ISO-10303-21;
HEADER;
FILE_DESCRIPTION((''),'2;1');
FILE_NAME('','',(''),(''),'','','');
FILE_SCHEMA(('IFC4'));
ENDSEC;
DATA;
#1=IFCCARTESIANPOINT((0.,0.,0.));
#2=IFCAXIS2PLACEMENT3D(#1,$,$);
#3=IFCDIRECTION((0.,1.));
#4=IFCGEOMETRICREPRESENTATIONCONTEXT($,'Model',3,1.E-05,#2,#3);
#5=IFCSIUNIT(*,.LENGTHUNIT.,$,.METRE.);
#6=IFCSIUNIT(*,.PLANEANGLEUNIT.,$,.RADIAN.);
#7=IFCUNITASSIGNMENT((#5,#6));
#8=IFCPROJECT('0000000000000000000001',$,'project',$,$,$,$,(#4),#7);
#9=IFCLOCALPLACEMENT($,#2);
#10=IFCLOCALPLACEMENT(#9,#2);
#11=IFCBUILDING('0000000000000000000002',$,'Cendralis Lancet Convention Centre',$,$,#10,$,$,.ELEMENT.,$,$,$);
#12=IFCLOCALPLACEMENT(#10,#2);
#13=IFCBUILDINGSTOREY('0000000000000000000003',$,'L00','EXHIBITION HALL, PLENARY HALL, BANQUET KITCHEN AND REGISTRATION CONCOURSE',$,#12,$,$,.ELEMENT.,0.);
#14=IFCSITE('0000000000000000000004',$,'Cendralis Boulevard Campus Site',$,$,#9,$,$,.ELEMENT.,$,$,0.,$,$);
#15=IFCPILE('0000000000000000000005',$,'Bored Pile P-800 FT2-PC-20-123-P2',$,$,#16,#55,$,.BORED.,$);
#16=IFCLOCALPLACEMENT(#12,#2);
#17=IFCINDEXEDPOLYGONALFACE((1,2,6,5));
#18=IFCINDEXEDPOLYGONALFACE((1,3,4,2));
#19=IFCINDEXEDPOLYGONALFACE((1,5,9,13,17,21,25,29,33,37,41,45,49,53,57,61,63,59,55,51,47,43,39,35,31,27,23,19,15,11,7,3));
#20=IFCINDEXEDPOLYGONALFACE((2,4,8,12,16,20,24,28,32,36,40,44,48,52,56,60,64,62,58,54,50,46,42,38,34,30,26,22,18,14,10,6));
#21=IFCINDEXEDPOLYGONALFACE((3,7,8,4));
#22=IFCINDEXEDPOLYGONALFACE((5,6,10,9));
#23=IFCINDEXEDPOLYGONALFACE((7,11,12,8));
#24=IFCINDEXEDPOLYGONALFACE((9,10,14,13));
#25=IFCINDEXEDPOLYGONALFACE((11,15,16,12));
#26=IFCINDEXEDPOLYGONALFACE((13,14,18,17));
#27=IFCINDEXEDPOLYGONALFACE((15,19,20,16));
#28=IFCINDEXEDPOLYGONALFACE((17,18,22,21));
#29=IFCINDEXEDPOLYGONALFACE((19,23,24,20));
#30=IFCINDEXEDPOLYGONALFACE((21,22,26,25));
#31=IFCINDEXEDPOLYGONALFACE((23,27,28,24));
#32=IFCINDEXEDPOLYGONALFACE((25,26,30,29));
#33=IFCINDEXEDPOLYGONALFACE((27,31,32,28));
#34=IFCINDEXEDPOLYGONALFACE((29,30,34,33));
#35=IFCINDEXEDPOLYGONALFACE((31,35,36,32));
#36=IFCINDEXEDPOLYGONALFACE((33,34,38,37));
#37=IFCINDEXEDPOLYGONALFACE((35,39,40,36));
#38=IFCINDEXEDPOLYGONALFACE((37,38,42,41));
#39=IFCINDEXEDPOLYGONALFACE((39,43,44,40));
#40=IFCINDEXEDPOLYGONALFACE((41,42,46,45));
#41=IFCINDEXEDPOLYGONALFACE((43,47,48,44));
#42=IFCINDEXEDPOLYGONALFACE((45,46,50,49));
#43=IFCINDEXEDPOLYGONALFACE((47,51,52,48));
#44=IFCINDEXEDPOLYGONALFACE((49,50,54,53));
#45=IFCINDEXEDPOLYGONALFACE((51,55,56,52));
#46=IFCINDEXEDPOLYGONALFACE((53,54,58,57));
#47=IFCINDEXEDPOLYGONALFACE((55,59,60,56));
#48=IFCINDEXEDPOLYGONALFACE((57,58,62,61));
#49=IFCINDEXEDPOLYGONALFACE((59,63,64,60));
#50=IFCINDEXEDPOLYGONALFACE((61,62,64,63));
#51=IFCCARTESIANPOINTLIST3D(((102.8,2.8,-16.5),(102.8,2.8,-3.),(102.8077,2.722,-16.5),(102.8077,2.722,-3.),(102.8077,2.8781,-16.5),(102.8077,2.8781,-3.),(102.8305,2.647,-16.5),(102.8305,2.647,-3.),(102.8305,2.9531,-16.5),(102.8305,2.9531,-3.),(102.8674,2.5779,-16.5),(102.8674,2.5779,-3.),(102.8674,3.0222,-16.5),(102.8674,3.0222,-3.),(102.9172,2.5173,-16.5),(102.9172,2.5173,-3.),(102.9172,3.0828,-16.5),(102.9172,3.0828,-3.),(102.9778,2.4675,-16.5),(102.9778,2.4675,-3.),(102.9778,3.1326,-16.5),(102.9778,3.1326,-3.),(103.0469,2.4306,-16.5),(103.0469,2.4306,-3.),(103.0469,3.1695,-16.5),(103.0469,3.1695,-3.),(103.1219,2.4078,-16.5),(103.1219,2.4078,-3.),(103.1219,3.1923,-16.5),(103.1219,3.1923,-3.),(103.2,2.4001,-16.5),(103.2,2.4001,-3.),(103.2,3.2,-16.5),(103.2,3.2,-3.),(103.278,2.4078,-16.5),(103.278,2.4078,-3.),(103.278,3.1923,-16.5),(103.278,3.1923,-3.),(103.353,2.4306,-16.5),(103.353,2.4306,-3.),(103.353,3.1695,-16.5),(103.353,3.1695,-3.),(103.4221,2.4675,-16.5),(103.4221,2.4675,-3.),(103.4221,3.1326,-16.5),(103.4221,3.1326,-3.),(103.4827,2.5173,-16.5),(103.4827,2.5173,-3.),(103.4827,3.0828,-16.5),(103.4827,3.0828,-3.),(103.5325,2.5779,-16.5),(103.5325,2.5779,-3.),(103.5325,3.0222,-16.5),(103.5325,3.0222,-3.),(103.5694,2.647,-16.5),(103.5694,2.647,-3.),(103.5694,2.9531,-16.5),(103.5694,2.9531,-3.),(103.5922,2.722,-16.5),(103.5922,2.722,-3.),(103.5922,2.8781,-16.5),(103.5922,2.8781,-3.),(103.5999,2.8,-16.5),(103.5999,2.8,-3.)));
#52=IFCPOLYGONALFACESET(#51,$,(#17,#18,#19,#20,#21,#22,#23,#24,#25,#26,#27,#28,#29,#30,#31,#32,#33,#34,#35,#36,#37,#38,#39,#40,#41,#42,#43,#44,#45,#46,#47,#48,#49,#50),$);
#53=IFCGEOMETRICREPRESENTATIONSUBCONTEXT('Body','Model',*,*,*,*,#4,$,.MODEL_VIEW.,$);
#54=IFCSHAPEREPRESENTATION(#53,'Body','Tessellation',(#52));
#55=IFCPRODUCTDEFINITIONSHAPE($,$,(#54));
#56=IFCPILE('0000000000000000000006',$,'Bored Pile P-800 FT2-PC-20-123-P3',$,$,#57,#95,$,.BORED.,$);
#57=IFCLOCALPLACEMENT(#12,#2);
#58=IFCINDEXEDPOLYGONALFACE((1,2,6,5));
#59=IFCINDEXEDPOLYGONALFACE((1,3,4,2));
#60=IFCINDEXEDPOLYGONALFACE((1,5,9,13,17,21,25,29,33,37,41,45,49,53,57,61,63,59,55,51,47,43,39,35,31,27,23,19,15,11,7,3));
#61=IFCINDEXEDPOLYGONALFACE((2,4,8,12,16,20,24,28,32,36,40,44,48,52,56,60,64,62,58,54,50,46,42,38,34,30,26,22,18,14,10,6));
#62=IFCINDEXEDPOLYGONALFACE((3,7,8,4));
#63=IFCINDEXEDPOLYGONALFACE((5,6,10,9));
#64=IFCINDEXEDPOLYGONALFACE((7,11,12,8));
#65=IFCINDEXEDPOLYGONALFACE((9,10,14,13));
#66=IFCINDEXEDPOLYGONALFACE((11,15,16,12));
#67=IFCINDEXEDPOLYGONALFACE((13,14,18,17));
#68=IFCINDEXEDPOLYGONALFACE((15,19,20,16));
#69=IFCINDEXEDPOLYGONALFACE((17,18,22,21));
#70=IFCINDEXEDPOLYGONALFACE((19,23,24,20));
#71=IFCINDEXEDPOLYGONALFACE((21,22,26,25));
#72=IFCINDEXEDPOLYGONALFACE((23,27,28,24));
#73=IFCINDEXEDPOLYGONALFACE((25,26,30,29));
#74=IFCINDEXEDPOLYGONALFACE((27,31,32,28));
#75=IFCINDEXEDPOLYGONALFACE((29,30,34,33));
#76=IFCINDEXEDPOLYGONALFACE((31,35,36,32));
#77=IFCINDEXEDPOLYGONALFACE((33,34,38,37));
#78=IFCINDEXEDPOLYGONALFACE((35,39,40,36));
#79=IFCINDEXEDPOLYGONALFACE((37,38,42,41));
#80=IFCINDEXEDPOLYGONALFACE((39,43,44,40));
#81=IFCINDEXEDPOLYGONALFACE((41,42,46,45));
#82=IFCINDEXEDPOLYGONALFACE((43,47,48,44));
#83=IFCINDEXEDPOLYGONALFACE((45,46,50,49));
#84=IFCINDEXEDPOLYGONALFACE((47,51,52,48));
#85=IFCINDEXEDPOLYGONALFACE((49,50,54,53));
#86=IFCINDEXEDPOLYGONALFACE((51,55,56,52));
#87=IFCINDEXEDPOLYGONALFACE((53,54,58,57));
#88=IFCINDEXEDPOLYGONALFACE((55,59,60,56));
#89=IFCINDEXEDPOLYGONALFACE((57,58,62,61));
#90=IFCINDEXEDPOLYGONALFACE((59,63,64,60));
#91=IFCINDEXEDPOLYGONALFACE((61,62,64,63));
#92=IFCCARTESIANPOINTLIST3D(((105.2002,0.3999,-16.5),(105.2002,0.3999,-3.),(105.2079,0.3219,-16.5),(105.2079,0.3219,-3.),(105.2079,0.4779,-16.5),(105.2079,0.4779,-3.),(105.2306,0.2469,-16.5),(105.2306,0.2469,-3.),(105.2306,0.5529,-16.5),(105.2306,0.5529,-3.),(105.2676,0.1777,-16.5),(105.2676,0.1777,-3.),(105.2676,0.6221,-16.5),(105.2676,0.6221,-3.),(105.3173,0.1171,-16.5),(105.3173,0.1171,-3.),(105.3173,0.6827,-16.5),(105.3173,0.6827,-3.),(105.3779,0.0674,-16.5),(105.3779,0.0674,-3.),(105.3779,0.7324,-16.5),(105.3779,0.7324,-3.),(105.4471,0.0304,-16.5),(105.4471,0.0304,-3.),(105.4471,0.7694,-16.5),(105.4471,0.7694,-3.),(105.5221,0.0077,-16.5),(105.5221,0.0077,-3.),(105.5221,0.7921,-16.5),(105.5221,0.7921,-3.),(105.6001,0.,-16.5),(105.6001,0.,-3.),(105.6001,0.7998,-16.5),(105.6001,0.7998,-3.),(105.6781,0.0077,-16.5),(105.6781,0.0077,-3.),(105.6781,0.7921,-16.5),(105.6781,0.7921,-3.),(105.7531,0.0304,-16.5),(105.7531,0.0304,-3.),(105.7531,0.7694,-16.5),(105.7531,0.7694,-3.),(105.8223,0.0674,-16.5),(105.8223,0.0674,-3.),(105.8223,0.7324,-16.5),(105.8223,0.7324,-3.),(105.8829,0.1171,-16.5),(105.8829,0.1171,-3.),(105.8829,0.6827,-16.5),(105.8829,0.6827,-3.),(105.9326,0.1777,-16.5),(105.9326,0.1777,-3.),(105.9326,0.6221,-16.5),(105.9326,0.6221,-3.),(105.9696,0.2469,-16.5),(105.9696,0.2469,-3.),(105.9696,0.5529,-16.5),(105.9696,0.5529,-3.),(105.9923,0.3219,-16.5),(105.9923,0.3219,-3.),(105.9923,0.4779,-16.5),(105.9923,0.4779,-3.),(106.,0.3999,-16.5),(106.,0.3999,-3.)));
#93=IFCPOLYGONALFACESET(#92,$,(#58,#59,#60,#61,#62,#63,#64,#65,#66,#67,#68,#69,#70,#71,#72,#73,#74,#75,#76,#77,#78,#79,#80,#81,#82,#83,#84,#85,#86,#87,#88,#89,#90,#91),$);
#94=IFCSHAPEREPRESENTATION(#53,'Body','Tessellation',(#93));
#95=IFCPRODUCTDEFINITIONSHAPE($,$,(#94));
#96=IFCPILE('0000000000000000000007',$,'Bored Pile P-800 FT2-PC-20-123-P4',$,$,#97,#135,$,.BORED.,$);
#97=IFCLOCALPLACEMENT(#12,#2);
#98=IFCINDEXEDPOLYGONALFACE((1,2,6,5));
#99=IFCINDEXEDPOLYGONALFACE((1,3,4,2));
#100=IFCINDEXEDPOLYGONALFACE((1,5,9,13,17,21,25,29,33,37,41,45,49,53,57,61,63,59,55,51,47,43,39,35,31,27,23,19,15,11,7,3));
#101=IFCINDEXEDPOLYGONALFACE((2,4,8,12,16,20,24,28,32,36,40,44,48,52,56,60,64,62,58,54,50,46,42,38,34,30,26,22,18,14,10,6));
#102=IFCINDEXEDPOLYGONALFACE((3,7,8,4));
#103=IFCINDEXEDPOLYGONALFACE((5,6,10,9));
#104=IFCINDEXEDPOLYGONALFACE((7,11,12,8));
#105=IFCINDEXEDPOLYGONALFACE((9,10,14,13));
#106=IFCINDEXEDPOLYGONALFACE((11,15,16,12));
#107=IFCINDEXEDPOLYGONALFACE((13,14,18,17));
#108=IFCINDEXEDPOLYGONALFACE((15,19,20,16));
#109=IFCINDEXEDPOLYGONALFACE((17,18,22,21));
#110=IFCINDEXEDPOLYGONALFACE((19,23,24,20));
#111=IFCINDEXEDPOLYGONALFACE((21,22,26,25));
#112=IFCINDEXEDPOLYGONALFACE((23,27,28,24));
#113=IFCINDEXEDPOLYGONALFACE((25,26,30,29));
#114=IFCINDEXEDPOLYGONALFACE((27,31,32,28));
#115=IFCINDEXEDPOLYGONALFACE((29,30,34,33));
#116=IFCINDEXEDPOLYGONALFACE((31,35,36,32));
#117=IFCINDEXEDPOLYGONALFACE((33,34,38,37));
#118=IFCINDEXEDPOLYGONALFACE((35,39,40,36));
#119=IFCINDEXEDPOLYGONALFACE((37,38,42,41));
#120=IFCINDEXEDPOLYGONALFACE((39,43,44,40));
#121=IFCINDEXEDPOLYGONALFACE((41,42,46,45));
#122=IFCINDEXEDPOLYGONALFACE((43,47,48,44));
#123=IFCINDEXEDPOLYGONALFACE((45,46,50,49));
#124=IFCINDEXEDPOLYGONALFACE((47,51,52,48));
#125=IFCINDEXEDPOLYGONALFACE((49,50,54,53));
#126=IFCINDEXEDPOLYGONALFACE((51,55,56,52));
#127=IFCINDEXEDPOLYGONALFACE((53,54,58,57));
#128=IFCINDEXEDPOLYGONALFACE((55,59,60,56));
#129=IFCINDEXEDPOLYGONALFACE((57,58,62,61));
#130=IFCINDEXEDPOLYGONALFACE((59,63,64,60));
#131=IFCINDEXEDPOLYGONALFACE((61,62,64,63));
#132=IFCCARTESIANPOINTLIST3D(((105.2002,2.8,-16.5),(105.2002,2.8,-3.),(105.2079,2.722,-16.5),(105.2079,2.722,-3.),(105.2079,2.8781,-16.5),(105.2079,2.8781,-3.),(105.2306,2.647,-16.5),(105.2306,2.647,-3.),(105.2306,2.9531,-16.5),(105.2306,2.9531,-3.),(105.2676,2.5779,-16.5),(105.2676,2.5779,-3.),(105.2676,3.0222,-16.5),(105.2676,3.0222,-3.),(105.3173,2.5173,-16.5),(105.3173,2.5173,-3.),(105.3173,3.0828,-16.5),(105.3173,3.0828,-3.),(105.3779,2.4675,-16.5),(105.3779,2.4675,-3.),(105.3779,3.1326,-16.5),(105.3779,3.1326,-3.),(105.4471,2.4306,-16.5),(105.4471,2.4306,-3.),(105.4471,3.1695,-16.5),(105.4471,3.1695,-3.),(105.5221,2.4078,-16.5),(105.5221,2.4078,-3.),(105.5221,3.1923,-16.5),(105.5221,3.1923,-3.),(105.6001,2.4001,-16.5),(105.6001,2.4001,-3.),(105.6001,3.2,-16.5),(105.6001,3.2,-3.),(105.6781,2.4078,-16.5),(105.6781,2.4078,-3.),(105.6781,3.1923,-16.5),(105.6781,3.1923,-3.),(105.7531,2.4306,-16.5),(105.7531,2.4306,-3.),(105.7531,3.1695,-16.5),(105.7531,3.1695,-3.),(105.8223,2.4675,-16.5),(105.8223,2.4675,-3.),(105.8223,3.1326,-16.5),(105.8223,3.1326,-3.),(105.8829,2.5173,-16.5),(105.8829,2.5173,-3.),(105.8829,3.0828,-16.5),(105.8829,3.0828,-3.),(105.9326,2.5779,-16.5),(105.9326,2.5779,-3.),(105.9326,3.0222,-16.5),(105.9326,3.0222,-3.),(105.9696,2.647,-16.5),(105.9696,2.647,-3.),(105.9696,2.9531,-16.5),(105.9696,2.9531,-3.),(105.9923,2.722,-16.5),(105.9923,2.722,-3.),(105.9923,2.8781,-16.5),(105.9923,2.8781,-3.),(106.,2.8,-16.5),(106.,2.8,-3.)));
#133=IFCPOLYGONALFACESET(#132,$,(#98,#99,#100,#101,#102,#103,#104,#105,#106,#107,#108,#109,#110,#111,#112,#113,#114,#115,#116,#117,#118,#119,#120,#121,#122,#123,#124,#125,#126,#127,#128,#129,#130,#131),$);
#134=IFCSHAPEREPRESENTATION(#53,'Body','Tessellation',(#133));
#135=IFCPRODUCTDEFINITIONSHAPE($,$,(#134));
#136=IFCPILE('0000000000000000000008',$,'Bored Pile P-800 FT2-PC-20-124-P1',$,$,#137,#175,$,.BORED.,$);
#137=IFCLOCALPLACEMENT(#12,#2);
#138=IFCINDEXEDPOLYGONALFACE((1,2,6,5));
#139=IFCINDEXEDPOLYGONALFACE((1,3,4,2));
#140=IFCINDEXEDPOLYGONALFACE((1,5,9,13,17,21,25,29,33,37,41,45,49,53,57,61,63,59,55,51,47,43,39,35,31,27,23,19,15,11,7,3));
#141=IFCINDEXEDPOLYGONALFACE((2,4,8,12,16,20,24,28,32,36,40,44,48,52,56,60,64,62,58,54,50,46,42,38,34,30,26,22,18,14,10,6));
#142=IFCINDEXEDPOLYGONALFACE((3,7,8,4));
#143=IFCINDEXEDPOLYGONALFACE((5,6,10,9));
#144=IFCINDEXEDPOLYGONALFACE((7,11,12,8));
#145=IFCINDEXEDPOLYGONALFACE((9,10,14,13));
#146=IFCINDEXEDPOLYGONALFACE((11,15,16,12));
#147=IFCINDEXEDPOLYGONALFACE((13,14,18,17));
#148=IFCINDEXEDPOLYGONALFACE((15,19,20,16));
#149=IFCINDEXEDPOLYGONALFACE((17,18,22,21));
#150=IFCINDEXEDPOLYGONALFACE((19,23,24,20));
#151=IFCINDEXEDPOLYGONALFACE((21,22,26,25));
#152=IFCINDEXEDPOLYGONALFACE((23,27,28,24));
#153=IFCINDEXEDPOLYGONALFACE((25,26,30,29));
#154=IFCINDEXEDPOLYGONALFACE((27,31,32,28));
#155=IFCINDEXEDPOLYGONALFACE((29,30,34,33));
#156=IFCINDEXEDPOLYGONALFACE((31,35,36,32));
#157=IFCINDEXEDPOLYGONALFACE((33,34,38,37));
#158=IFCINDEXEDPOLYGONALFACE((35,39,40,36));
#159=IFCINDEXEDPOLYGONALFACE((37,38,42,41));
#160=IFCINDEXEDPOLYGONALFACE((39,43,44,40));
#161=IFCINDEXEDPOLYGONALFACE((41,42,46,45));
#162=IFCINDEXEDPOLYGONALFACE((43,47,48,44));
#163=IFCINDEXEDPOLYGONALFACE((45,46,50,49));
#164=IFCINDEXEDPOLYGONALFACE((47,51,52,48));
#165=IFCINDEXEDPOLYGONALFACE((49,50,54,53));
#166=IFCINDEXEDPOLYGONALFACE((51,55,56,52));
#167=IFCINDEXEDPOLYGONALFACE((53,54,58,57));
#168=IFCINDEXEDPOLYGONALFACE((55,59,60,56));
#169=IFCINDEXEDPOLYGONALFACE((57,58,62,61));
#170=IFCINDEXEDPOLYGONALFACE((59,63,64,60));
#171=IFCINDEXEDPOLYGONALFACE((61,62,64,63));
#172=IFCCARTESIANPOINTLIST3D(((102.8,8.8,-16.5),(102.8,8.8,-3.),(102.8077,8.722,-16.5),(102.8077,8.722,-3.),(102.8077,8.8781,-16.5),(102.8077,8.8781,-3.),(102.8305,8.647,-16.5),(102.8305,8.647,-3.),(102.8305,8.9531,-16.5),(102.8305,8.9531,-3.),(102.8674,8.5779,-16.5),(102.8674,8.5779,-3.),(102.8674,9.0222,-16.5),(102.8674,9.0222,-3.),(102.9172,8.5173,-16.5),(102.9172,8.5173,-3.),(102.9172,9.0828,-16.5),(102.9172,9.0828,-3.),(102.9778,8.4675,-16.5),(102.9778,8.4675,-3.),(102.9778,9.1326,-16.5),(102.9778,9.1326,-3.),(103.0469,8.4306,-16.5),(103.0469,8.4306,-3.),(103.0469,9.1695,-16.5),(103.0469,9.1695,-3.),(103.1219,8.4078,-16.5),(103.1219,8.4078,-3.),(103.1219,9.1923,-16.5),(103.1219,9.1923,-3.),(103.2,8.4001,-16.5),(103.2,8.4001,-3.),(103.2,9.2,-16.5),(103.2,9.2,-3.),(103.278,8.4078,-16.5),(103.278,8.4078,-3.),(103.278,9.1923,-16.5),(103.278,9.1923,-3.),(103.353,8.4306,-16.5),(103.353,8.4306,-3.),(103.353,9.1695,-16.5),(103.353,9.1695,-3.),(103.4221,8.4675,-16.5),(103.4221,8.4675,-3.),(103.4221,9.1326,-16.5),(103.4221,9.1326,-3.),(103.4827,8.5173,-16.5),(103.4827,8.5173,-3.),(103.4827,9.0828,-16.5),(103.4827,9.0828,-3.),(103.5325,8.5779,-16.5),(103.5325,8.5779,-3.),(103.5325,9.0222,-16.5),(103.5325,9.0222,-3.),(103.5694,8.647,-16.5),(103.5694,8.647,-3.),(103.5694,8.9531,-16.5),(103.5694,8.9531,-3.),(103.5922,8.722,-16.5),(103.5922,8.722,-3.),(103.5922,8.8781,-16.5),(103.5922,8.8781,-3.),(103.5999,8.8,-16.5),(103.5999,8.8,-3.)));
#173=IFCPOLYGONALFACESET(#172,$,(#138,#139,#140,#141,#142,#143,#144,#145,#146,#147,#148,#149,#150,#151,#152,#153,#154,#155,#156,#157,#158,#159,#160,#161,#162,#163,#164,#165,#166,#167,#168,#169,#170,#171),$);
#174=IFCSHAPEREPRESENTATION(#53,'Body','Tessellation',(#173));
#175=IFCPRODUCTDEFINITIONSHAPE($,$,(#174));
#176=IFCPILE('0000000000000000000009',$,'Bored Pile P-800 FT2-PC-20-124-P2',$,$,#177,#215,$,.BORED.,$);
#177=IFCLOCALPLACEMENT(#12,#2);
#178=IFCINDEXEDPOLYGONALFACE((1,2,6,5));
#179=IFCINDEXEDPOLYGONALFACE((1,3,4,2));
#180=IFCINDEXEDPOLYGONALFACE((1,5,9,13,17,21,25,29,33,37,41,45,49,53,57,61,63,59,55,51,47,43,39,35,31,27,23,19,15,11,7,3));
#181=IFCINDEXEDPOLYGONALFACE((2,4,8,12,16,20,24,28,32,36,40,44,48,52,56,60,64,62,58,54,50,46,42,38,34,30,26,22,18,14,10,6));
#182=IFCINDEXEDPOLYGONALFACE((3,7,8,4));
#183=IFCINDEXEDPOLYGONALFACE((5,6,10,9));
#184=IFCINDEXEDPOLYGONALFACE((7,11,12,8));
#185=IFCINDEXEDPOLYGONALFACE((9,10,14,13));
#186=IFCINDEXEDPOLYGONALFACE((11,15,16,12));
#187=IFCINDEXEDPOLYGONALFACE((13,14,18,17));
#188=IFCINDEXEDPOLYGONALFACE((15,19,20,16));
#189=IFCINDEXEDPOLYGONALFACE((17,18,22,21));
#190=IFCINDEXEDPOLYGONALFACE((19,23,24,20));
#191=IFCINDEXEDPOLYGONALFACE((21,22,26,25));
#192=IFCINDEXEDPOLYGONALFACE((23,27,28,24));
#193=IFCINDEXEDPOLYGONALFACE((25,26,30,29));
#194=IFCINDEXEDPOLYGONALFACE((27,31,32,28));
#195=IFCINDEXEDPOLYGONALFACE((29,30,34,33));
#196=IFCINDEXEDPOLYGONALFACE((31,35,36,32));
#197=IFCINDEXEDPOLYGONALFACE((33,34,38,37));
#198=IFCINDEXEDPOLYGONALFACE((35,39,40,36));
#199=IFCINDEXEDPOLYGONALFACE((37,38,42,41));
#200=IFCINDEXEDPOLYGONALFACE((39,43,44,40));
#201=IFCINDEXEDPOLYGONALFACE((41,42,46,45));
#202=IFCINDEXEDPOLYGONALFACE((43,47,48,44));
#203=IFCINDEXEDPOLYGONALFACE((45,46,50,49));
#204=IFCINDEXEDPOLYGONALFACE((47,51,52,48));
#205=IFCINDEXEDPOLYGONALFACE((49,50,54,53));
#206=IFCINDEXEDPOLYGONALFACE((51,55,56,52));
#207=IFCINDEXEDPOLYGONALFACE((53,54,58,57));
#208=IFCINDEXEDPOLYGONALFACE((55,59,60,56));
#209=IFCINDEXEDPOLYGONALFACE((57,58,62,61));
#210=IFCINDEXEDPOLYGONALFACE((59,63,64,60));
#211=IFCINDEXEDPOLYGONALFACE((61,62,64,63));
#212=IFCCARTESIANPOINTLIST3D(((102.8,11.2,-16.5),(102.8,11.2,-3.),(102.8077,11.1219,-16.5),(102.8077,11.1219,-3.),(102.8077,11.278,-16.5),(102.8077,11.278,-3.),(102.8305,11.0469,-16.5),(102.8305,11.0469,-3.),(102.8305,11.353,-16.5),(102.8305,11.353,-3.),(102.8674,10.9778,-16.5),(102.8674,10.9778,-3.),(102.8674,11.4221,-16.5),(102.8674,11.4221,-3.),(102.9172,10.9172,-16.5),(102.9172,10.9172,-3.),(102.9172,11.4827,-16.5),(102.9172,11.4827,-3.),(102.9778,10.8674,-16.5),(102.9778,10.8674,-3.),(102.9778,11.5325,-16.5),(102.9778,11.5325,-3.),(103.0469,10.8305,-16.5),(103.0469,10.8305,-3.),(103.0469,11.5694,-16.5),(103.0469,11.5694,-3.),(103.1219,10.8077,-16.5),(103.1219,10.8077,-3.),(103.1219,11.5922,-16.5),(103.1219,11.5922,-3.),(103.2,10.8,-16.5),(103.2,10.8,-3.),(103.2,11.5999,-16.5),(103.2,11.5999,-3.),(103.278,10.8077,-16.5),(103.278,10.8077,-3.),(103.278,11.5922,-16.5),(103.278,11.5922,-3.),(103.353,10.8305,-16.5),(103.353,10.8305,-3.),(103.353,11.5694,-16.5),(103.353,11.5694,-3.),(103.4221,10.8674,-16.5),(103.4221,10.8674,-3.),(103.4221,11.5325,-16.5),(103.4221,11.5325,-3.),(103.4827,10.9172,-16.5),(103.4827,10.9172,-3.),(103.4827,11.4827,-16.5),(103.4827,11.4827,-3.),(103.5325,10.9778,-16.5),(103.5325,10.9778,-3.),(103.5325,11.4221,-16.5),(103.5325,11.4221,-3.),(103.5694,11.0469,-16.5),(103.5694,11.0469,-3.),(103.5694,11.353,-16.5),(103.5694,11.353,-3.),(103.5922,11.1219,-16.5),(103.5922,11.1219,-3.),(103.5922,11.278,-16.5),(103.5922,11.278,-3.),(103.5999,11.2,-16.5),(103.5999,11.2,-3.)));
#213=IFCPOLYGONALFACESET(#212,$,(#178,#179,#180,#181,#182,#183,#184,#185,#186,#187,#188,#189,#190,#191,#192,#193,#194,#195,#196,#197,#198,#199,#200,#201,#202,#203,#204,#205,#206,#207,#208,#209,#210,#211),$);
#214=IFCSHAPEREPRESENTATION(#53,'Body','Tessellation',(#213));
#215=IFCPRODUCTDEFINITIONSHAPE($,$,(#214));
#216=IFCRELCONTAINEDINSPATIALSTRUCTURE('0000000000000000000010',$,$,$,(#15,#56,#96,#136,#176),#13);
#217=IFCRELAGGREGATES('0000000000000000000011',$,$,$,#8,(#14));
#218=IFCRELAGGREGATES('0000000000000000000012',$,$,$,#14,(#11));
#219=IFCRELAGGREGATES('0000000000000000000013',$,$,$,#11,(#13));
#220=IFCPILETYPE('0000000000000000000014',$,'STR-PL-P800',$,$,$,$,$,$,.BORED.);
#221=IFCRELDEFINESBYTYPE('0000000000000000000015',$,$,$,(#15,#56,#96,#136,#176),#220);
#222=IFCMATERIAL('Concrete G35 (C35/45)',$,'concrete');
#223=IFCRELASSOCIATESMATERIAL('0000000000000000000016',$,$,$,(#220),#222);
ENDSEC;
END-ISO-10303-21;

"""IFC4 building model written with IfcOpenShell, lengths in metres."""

from ifc_helpers import new_model, si_unit, direction, frame, origin, origin_2d, place, context, subcontext, project, spatial, circle, extrude, material, material_profile, profile_set, type_object, element, save


model = new_model("IFC4")

# Units and contexts
model_context = context("Model", 3, precision=1e-05, world=origin(), true_north=direction((0.0, 1.0)))
body_context = subcontext(model_context, "Body", "Model", "MODEL_VIEW")
ifc_project = project(units=[si_unit("LENGTHUNIT", "METRE"), si_unit("PLANEANGLEUNIT", "RADIAN")], contexts=[model_context])

# Site, building, storey
site_placement = place(None, origin())
site = spatial("IfcSite", under=ifc_project, at=site_placement, Name="Cendralis Boulevard Campus Site", CompositionType="ELEMENT", RefElevation=0.0)
building_placement = place(site_placement, origin())
building = spatial("IfcBuilding", under=site, at=building_placement, Name="Cendralis Lancet Convention Centre", CompositionType="ELEMENT")
storey_placement = place(building_placement, origin())
storey = spatial("IfcBuildingStorey", under=building, at=storey_placement, Name="L00", Description="EXHIBITION HALL, PLENARY HALL, BANQUET KITCHEN AND REGISTRATION CONCOURSE", CompositionType="ELEMENT", Elevation=0.0)

# Shared definitions
ifc_material_1 = material(Name="Concrete G35 (C35/45)", Category="concrete")

# Piles
ifc_material_profile_1 = material_profile(ifc_material_1, circle(Radius=0.3999, at=origin_2d()), Name="BORED PILE D800")
ifc_profile_set_1 = profile_set([ifc_material_profile_1], Name="Concrete G35 (C35/45)")
pile_type_1 = type_object("IfcPileType", Name="STR-PL-P800", PredefinedType="BORED", material=ifc_profile_set_1)
for number, where, z_axis, x_axis, name in (
    (1, (103.2, 2.8, -3.0), (0.0, 0.0, -1.0), (1.0, 0.0, 0.0), "Bored Pile P-800 FT2-PC-20-123-P2"),
    (2, (105.6001, 0.3999, -3.0), (0.0, 0.0, -1.0), (1.0, 0.0, 0.0), "Bored Pile P-800 FT2-PC-20-123-P3"),
    (3, (105.6001, 2.8, -3.0), (0.0, 0.0, -1.0), (1.0, 0.0, 0.0), "Bored Pile P-800 FT2-PC-20-123-P4"),
    (4, (103.2, 8.8, -3.0), (0.0, 0.0, -1.0), (1.0, 0.0, 0.0), "Bored Pile P-800 FT2-PC-20-124-P1"),
    (5, (103.2, 11.2, -3.0), (0.0, 0.0, -1.0), (1.0, 0.0, 0.0), "Bored Pile P-800 FT2-PC-20-124-P2"),
):
    element("IfcPile", number, at=place(storey_placement, frame(where, z_axis=z_axis, x_axis=x_axis)), inside=storey, type_object=pile_type_1, Name=name, PredefinedType="BORED", context=body_context, shape_type="SweptSolid", body=[
        extrude(circle(Radius=0.3999, at=origin_2d()), origin(), (0.0, 0.0, 1.0), 13.5),
    ])

save(model, "model.ifc")
